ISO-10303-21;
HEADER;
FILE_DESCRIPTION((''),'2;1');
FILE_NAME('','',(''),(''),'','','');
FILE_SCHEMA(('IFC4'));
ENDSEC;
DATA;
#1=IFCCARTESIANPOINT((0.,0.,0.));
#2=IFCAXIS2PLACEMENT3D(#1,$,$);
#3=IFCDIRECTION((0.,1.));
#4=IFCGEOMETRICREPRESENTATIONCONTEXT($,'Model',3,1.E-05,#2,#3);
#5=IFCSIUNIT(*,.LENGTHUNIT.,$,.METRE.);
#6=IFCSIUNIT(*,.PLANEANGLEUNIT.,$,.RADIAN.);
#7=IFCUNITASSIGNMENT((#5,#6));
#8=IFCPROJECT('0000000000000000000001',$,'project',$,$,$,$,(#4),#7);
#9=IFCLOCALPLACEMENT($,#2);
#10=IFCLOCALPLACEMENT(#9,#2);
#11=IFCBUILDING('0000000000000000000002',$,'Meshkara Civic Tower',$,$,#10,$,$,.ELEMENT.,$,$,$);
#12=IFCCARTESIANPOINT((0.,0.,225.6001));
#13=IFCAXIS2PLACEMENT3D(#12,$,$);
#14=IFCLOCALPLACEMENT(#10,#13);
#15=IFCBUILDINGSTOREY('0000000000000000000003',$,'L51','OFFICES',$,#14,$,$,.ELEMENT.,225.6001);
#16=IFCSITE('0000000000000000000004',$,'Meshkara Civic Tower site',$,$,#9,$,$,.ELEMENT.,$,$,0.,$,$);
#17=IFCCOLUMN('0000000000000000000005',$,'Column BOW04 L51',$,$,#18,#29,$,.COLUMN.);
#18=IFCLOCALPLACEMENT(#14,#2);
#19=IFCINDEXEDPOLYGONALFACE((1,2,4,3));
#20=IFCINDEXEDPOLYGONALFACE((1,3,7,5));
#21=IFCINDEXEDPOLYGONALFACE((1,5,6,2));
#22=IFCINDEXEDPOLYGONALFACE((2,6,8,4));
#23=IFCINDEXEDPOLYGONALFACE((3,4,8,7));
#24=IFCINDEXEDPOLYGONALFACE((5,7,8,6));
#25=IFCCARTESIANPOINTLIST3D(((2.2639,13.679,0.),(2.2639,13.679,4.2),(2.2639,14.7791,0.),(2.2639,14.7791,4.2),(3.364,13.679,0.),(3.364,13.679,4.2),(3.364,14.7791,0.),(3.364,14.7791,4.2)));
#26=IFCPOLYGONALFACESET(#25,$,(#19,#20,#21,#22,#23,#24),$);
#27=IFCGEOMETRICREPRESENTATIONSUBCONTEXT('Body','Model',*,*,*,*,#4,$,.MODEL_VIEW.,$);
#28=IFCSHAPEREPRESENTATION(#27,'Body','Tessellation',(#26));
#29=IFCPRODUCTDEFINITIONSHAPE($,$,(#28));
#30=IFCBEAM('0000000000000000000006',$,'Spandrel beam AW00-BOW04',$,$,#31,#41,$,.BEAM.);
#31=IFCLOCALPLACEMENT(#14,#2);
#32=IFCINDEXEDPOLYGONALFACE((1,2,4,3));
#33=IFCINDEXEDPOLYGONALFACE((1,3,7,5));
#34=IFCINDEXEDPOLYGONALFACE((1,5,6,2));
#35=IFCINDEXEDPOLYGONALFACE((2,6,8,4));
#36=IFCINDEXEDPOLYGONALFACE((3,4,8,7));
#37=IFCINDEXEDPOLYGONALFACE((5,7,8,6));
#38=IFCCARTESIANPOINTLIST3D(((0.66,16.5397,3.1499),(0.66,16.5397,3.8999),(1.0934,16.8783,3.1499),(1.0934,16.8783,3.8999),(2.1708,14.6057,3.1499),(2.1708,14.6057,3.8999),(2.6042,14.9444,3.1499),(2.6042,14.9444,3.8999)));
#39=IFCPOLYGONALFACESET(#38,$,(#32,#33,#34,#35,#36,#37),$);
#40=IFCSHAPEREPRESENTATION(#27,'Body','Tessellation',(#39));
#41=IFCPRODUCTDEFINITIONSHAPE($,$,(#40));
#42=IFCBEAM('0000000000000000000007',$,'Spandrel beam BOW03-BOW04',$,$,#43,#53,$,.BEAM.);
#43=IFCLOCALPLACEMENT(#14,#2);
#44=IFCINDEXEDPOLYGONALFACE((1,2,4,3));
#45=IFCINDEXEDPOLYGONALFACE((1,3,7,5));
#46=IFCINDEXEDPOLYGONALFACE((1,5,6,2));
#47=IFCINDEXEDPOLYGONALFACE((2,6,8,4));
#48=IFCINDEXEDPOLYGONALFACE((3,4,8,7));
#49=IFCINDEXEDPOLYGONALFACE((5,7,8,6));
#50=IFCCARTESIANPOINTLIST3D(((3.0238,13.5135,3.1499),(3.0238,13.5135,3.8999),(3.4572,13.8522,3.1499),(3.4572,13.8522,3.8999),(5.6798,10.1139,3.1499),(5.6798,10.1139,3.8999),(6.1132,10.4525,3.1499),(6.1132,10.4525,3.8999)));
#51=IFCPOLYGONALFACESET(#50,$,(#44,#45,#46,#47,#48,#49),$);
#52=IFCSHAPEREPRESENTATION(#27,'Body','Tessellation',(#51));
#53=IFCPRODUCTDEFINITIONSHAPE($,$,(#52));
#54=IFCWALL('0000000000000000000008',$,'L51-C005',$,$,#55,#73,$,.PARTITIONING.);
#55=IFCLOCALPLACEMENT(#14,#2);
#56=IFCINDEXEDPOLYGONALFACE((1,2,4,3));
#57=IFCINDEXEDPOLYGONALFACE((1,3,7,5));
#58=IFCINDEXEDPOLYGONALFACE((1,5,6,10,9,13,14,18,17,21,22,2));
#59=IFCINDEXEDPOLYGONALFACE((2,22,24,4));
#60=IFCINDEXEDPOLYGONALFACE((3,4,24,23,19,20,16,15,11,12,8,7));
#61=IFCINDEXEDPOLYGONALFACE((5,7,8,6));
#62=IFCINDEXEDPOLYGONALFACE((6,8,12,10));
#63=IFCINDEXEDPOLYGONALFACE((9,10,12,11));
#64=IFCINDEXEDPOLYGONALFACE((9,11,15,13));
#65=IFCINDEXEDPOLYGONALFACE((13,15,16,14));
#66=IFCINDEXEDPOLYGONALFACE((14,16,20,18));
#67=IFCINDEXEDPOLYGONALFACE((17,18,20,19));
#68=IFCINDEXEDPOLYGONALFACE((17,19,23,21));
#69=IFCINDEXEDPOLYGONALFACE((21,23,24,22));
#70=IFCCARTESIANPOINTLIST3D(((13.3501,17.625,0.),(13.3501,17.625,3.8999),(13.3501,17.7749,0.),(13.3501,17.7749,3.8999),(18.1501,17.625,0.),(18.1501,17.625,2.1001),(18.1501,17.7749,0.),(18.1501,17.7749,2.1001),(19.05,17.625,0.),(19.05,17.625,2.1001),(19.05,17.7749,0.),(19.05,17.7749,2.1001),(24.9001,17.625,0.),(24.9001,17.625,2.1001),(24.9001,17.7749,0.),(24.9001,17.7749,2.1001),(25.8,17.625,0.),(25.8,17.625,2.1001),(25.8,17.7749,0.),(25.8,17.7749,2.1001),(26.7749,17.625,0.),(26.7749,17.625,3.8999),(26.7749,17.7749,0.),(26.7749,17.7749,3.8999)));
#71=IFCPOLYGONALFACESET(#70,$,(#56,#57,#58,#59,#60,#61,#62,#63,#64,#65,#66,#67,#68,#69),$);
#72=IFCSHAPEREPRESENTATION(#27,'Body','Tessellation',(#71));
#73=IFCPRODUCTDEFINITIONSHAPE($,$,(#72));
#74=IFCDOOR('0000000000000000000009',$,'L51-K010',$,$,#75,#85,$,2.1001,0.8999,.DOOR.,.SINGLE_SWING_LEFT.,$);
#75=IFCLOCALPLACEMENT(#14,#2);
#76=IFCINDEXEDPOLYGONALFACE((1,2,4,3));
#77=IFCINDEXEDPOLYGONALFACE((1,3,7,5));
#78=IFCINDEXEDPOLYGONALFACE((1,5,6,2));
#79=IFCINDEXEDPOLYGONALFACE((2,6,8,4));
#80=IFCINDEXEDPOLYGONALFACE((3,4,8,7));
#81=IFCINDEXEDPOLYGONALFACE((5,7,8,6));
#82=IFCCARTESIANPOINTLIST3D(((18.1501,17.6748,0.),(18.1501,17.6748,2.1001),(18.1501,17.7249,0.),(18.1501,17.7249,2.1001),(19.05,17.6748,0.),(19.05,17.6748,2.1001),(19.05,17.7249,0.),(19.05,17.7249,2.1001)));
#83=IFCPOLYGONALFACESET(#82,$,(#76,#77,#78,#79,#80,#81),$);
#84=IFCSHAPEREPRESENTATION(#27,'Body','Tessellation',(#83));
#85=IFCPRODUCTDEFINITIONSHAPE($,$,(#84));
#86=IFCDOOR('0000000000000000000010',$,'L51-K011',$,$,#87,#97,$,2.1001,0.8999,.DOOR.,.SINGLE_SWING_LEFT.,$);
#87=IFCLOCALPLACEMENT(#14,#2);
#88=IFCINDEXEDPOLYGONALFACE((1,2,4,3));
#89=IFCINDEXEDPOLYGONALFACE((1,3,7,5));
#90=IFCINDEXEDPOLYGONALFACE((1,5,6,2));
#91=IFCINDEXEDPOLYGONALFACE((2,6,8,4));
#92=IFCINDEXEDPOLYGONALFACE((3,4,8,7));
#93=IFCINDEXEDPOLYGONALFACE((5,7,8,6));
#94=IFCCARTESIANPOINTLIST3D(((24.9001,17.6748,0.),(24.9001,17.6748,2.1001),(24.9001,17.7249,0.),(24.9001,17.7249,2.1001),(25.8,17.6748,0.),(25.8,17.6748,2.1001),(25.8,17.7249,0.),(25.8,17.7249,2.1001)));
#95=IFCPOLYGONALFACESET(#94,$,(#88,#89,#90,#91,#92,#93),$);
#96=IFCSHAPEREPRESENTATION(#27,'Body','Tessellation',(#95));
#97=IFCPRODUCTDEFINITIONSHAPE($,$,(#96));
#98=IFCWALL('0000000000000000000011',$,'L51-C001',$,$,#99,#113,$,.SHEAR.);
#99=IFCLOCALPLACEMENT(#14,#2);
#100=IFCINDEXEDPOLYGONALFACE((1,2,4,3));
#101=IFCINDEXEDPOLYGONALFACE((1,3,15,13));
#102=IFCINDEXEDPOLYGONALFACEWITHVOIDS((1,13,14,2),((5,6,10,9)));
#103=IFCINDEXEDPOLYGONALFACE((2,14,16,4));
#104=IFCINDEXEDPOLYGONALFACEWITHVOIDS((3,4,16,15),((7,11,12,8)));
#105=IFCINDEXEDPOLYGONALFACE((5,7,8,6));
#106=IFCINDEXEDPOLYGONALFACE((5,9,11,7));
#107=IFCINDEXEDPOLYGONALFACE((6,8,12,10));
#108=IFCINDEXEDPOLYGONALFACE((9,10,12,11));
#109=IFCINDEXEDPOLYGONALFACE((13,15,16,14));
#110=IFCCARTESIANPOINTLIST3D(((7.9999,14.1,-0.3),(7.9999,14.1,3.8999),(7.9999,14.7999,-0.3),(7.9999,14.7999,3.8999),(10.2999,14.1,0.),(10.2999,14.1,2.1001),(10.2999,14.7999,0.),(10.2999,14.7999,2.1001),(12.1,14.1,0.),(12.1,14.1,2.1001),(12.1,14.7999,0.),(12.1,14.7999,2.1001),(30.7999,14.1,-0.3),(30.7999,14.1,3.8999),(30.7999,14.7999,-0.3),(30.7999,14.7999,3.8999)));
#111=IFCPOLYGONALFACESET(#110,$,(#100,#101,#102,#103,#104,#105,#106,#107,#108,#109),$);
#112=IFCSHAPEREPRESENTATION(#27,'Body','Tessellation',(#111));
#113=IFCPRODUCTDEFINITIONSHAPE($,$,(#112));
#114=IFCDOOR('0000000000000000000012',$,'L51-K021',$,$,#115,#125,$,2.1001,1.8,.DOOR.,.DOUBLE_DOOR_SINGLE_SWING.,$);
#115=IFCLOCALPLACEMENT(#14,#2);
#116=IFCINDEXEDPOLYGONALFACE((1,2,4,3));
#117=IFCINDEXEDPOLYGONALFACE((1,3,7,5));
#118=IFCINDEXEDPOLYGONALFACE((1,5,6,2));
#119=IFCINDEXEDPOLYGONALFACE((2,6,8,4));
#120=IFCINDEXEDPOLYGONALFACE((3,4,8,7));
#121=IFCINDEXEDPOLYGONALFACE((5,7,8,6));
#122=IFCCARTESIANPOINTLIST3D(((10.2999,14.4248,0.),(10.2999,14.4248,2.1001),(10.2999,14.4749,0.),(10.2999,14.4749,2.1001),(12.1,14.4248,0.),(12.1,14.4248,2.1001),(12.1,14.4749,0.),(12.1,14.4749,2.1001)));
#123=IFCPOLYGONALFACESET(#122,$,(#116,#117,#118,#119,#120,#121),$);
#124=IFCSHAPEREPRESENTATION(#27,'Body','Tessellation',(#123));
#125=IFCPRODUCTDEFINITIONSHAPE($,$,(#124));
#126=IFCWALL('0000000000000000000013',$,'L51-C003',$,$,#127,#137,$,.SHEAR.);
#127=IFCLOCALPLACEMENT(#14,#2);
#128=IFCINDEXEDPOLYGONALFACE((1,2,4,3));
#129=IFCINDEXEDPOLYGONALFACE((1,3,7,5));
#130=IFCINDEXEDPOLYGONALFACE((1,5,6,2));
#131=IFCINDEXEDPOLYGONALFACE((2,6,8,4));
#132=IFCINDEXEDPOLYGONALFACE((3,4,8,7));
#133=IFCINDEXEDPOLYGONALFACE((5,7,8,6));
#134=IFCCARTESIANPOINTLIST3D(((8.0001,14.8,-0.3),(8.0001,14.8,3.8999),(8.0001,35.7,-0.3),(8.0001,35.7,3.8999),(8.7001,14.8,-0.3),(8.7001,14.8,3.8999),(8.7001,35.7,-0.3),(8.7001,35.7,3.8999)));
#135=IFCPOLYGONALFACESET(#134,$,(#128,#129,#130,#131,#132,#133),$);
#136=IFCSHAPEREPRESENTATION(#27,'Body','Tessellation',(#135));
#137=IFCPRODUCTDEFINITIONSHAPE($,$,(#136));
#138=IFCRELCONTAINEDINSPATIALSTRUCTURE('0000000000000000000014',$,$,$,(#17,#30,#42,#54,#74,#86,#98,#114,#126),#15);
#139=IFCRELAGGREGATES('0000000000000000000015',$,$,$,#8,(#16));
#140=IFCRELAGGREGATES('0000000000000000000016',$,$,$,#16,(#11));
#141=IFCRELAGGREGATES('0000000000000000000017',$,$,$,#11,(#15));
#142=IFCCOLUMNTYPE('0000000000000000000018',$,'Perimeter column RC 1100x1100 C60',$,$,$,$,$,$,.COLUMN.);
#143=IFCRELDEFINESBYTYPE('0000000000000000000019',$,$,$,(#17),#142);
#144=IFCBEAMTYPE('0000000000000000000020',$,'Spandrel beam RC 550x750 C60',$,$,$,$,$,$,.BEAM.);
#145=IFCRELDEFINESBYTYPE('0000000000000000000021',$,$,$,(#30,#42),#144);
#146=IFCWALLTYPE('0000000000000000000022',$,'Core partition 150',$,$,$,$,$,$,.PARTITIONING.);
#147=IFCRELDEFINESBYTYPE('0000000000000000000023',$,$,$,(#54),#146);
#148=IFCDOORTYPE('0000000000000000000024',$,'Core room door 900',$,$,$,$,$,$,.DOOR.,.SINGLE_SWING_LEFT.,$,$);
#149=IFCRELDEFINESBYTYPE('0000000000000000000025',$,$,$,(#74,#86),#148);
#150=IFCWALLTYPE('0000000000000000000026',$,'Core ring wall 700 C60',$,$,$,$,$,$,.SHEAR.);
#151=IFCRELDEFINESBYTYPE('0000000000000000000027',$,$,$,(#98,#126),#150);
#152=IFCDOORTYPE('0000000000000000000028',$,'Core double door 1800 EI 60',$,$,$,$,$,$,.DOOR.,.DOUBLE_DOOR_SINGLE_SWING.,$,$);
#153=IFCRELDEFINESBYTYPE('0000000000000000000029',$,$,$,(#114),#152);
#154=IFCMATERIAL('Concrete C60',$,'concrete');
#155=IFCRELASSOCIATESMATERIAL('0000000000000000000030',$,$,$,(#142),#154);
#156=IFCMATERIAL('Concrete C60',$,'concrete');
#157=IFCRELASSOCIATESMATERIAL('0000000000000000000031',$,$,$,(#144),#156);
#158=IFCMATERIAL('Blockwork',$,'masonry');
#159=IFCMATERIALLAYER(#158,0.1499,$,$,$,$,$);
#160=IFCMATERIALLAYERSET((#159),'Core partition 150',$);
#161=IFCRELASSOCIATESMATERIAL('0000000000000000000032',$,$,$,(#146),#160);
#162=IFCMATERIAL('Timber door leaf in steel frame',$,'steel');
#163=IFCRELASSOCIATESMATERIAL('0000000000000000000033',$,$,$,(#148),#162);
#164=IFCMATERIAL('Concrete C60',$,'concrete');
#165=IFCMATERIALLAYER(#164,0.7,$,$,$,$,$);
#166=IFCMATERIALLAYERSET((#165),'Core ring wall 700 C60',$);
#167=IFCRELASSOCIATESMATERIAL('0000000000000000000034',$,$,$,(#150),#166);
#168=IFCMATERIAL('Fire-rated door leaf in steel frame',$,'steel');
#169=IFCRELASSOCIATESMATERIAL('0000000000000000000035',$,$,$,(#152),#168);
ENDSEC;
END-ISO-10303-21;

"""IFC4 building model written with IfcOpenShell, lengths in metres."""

from ifc_helpers import new_model, si_unit, direction, frame, frame_2d, origin, origin_2d, place, context, subcontext, project, spatial, rectangle, extrude, material, layer, layer_set, material_profile, profile_set, type_object, element, fill, save


model = new_model("IFC4")

# Units and contexts
model_context = context("Model", 3, precision=1e-05, world=origin(), true_north=direction((0.0, 1.0)))
body_context = subcontext(model_context, "Body", "Model", "MODEL_VIEW")
ifc_project = project(units=[si_unit("LENGTHUNIT", "METRE"), si_unit("PLANEANGLEUNIT", "RADIAN")], contexts=[model_context])

# Site, building, storey
site_placement = place(None, origin())
site = spatial("IfcSite", under=ifc_project, at=site_placement, Name="Meshkara Civic Tower site", CompositionType="ELEMENT", RefElevation=0.0)
building_placement = place(site_placement, origin())
building = spatial("IfcBuilding", under=site, at=building_placement, Name="Meshkara Civic Tower", CompositionType="ELEMENT")
storey_placement = place(building_placement, frame((0.0, 0.0, 225.6001)))
storey = spatial("IfcBuildingStorey", under=building, at=storey_placement, Name="L51", Description="OFFICES", CompositionType="ELEMENT", Elevation=225.6001)

# Column
ifc_material_1 = material(Name="Concrete C60", Category="concrete")
ifc_material_profile_1 = material_profile(ifc_material_1, rectangle(XDim=1.1001, YDim=1.1001, at=origin_2d()))
ifc_profile_set_1 = profile_set([ifc_material_profile_1], Name="Concrete C60")
column_type = type_object("IfcColumnType", Name="Perimeter column RC 1100x1100 C60", PredefinedType="COLUMN", material=ifc_profile_set_1)
column_placement = place(storey_placement, frame((2.814, 14.229, 0.0), z_axis=(0.0, 0.0, 1.0), x_axis=(1.0, 0.0, 0.0)))
element("IfcColumn", 1, at=column_placement, inside=storey, type_object=column_type, Name="Column BOW04 L51", PredefinedType="COLUMN", context=body_context, shape_type="SweptSolid", body=[
    extrude(rectangle(XDim=1.1001, YDim=1.1001, at=origin_2d()), origin(), (0.0, 0.0, 1.0), 4.2),
])

# Beams
ifc_material_2 = material(Name="Concrete C60", Category="concrete")
ifc_material_profile_2 = material_profile(ifc_material_2, rectangle(XDim=0.55, YDim=0.75, at=origin_2d()))
ifc_profile_set_2 = profile_set([ifc_material_profile_2], Name="Concrete C60")
beam_type = type_object("IfcBeamType", Name="Spandrel beam RC 550x750 C60", PredefinedType="BEAM", material=ifc_profile_set_2)
beam_1_placement = place(storey_placement, frame((0.8767, 16.709, 3.5249), z_axis=(0.615627, -0.788038, 0.0), x_axis=(0.788038, 0.615627, 0.0)))
element("IfcBeam", 2, at=beam_1_placement, inside=storey, type_object=beam_type, Name="Spandrel beam AW00-BOW04", PredefinedType="BEAM", context=body_context, shape_type="SweptSolid", body=[
    extrude(rectangle(XDim=0.55, YDim=0.75, at=origin_2d()), origin(), (0.0, 0.0, 1.0), 2.4541),
])
beam_2_placement = place(storey_placement, frame((3.2405, 13.6829, 3.5249), z_axis=(0.615647, -0.788022, 0.0), x_axis=(0.788022, 0.615647, 0.0)))
element("IfcBeam", 3, at=beam_2_placement, inside=storey, type_object=beam_type, Name="Spandrel beam BOW03-BOW04", PredefinedType="BEAM", context=body_context, shape_type="SweptSolid", body=[
    extrude(rectangle(XDim=0.55, YDim=0.75, at=origin_2d()), origin(), (0.0, 0.0, 1.0), 4.3142),
])

# Wall, openings, doors
ifc_material_3 = material(Name="Blockwork", Category="masonry")
ifc_layer_1 = layer(ifc_material_3, 0.1499)
ifc_layer_set_1 = layer_set([ifc_layer_1], Name="Core partition 150")
wall_type_1 = type_object("IfcWallType", Name="Core partition 150", PredefinedType="PARTITIONING", material=ifc_layer_set_1)
wall_1_placement = place(storey_placement, frame((13.3501, 17.7, 0.0), z_axis=(0.0, 0.0, 1.0), x_axis=(1.0, 0.0, 0.0)))
wall_1 = element("IfcWall", 4, at=wall_1_placement, inside=storey, type_object=wall_type_1, Name="L51-C005", PredefinedType="PARTITIONING", context=body_context, shape_type="SweptSolid", body=[
    extrude(rectangle(XDim=13.4248, YDim=0.1499, at=frame_2d((6.7124, 0.0))), origin(), (0.0, 0.0, 1.0), 3.8999),
])
opening_1_placement = place(wall_1_placement, frame((4.8, 0.0, 0.0)))
opening_1 = element("IfcOpeningElement", 5, at=opening_1_placement, cuts=wall_1, PredefinedType="OPENING", context=body_context, shape_type="SweptSolid", body=[
    extrude(rectangle(XDim=0.8999, YDim=2.1001, at=frame_2d((0.45, 1.05))), frame((0.0, 0.085, 0.0), z_axis=(0.0, -1.0, 0.0), x_axis=(1.0, 0.0, 0.0)), (0.0, 0.0, 1.0), 0.1699),
])
opening_2_placement = place(wall_1_placement, frame((11.55, 0.0, 0.0)))
opening_2 = element("IfcOpeningElement", 6, at=opening_2_placement, cuts=wall_1, PredefinedType="OPENING", context=body_context, shape_type="SweptSolid", body=[
    extrude(rectangle(XDim=0.8999, YDim=2.1001, at=frame_2d((0.45, 1.05))), frame((0.0, 0.085, 0.0), z_axis=(0.0, -1.0, 0.0), x_axis=(1.0, 0.0, 0.0)), (0.0, 0.0, 1.0), 0.1699),
])
ifc_material_4 = material(Name="Timber door leaf in steel frame", Category="steel")
door_type_1 = type_object("IfcDoorType", Name="Core room door 900", OperationType="SINGLE_SWING_LEFT", PredefinedType="DOOR", material=ifc_material_4)
door_1_placement = place(opening_1_placement, origin())
door_1 = element("IfcDoor", 7, at=door_1_placement, inside=storey, type_object=door_type_1, Name="L51-K010", OperationType="SINGLE_SWING_LEFT", OverallHeight=2.1001, OverallWidth=0.8999, PredefinedType="DOOR", context=body_context, shape_type="SweptSolid", body=[
    extrude(rectangle(XDim=0.8999, YDim=2.1001, at=frame_2d((0.45, 1.05))), frame((0.0, 0.0249, 0.0), z_axis=(0.0, -1.0, 0.0), x_axis=(1.0, 0.0, 0.0)), (0.0, 0.0, 1.0), 0.05),
])
fill(opening_1, door_1)
door_2_placement = place(opening_2_placement, origin())
door_2 = element("IfcDoor", 8, at=door_2_placement, inside=storey, type_object=door_type_1, Name="L51-K011", OperationType="SINGLE_SWING_LEFT", OverallHeight=2.1001, OverallWidth=0.8999, PredefinedType="DOOR", context=body_context, shape_type="SweptSolid", body=[
    extrude(rectangle(XDim=0.8999, YDim=2.1001, at=frame_2d((0.45, 1.05))), frame((0.0, 0.0249, 0.0), z_axis=(0.0, -1.0, 0.0), x_axis=(1.0, 0.0, 0.0)), (0.0, 0.0, 1.0), 0.05),
])
fill(opening_2, door_2)

# Wall, opening, door
ifc_material_5 = material(Name="Concrete C60", Category="concrete")
ifc_layer_2 = layer(ifc_material_5, 0.7)
ifc_layer_set_2 = layer_set([ifc_layer_2], Name="Core ring wall 700 C60")
wall_type_2 = type_object("IfcWallType", Name="Core ring wall 700 C60", PredefinedType="SHEAR", material=ifc_layer_set_2)
wall_2_placement = place(storey_placement, frame((8.0, 14.45, -0.3), z_axis=(0.0, 0.0, 1.0), x_axis=(1.0, 0.0, 0.0)))
wall_2 = element("IfcWall", 9, at=wall_2_placement, inside=storey, type_object=wall_type_2, Name="L51-C001", PredefinedType="SHEAR", context=body_context, shape_type="SweptSolid", body=[
    extrude(rectangle(XDim=22.8, YDim=0.7, at=frame_2d((11.3999, 0.0))), origin(), (0.0, 0.0, 1.0), 4.2),
])
opening_3_placement = place(wall_2_placement, frame((2.3, 0.0, 0.3)))
opening_3 = element("IfcOpeningElement", 10, at=opening_3_placement, cuts=wall_2, PredefinedType="OPENING", context=body_context, shape_type="SweptSolid", body=[
    extrude(rectangle(XDim=1.8, YDim=2.1001, at=frame_2d((0.8999, 1.05))), frame((0.0, 0.3599, 0.0), z_axis=(0.0, -1.0, 0.0), x_axis=(1.0, 0.0, 0.0)), (0.0, 0.0, 1.0), 0.72),
])
ifc_material_6 = material(Name="Fire-rated door leaf in steel frame", Category="steel")
door_type_2 = type_object("IfcDoorType", Name="Core double door 1800 EI 60", OperationType="DOUBLE_DOOR_SINGLE_SWING", PredefinedType="DOOR", material=ifc_material_6)
door_3_placement = place(opening_3_placement, origin())
door_3 = element("IfcDoor", 11, at=door_3_placement, inside=storey, type_object=door_type_2, Name="L51-K021", OperationType="DOUBLE_DOOR_SINGLE_SWING", OverallHeight=2.1001, OverallWidth=1.8, PredefinedType="DOOR", context=body_context, shape_type="SweptSolid", body=[
    extrude(rectangle(XDim=1.8, YDim=2.1001, at=frame_2d((0.8999, 1.05))), frame((0.0, 0.0249, 0.0), z_axis=(0.0, -1.0, 0.0), x_axis=(1.0, 0.0, 0.0)), (0.0, 0.0, 1.0), 0.05),
])
fill(opening_3, door_3)

# Wall
wall_3_placement = place(storey_placement, frame((8.3501, 14.8, -0.3), z_axis=(0.0, 0.0, 1.0), x_axis=(0.0, 1.0, 0.0)))
element("IfcWall", 12, at=wall_3_placement, inside=storey, type_object=wall_type_2, Name="L51-C003", PredefinedType="SHEAR", context=body_context, shape_type="SweptSolid", body=[
    extrude(rectangle(XDim=20.8999, YDim=0.7, at=frame_2d((10.45, 0.0))), origin(), (0.0, 0.0, 1.0), 4.2),
])

save(model, "model.ifc")
